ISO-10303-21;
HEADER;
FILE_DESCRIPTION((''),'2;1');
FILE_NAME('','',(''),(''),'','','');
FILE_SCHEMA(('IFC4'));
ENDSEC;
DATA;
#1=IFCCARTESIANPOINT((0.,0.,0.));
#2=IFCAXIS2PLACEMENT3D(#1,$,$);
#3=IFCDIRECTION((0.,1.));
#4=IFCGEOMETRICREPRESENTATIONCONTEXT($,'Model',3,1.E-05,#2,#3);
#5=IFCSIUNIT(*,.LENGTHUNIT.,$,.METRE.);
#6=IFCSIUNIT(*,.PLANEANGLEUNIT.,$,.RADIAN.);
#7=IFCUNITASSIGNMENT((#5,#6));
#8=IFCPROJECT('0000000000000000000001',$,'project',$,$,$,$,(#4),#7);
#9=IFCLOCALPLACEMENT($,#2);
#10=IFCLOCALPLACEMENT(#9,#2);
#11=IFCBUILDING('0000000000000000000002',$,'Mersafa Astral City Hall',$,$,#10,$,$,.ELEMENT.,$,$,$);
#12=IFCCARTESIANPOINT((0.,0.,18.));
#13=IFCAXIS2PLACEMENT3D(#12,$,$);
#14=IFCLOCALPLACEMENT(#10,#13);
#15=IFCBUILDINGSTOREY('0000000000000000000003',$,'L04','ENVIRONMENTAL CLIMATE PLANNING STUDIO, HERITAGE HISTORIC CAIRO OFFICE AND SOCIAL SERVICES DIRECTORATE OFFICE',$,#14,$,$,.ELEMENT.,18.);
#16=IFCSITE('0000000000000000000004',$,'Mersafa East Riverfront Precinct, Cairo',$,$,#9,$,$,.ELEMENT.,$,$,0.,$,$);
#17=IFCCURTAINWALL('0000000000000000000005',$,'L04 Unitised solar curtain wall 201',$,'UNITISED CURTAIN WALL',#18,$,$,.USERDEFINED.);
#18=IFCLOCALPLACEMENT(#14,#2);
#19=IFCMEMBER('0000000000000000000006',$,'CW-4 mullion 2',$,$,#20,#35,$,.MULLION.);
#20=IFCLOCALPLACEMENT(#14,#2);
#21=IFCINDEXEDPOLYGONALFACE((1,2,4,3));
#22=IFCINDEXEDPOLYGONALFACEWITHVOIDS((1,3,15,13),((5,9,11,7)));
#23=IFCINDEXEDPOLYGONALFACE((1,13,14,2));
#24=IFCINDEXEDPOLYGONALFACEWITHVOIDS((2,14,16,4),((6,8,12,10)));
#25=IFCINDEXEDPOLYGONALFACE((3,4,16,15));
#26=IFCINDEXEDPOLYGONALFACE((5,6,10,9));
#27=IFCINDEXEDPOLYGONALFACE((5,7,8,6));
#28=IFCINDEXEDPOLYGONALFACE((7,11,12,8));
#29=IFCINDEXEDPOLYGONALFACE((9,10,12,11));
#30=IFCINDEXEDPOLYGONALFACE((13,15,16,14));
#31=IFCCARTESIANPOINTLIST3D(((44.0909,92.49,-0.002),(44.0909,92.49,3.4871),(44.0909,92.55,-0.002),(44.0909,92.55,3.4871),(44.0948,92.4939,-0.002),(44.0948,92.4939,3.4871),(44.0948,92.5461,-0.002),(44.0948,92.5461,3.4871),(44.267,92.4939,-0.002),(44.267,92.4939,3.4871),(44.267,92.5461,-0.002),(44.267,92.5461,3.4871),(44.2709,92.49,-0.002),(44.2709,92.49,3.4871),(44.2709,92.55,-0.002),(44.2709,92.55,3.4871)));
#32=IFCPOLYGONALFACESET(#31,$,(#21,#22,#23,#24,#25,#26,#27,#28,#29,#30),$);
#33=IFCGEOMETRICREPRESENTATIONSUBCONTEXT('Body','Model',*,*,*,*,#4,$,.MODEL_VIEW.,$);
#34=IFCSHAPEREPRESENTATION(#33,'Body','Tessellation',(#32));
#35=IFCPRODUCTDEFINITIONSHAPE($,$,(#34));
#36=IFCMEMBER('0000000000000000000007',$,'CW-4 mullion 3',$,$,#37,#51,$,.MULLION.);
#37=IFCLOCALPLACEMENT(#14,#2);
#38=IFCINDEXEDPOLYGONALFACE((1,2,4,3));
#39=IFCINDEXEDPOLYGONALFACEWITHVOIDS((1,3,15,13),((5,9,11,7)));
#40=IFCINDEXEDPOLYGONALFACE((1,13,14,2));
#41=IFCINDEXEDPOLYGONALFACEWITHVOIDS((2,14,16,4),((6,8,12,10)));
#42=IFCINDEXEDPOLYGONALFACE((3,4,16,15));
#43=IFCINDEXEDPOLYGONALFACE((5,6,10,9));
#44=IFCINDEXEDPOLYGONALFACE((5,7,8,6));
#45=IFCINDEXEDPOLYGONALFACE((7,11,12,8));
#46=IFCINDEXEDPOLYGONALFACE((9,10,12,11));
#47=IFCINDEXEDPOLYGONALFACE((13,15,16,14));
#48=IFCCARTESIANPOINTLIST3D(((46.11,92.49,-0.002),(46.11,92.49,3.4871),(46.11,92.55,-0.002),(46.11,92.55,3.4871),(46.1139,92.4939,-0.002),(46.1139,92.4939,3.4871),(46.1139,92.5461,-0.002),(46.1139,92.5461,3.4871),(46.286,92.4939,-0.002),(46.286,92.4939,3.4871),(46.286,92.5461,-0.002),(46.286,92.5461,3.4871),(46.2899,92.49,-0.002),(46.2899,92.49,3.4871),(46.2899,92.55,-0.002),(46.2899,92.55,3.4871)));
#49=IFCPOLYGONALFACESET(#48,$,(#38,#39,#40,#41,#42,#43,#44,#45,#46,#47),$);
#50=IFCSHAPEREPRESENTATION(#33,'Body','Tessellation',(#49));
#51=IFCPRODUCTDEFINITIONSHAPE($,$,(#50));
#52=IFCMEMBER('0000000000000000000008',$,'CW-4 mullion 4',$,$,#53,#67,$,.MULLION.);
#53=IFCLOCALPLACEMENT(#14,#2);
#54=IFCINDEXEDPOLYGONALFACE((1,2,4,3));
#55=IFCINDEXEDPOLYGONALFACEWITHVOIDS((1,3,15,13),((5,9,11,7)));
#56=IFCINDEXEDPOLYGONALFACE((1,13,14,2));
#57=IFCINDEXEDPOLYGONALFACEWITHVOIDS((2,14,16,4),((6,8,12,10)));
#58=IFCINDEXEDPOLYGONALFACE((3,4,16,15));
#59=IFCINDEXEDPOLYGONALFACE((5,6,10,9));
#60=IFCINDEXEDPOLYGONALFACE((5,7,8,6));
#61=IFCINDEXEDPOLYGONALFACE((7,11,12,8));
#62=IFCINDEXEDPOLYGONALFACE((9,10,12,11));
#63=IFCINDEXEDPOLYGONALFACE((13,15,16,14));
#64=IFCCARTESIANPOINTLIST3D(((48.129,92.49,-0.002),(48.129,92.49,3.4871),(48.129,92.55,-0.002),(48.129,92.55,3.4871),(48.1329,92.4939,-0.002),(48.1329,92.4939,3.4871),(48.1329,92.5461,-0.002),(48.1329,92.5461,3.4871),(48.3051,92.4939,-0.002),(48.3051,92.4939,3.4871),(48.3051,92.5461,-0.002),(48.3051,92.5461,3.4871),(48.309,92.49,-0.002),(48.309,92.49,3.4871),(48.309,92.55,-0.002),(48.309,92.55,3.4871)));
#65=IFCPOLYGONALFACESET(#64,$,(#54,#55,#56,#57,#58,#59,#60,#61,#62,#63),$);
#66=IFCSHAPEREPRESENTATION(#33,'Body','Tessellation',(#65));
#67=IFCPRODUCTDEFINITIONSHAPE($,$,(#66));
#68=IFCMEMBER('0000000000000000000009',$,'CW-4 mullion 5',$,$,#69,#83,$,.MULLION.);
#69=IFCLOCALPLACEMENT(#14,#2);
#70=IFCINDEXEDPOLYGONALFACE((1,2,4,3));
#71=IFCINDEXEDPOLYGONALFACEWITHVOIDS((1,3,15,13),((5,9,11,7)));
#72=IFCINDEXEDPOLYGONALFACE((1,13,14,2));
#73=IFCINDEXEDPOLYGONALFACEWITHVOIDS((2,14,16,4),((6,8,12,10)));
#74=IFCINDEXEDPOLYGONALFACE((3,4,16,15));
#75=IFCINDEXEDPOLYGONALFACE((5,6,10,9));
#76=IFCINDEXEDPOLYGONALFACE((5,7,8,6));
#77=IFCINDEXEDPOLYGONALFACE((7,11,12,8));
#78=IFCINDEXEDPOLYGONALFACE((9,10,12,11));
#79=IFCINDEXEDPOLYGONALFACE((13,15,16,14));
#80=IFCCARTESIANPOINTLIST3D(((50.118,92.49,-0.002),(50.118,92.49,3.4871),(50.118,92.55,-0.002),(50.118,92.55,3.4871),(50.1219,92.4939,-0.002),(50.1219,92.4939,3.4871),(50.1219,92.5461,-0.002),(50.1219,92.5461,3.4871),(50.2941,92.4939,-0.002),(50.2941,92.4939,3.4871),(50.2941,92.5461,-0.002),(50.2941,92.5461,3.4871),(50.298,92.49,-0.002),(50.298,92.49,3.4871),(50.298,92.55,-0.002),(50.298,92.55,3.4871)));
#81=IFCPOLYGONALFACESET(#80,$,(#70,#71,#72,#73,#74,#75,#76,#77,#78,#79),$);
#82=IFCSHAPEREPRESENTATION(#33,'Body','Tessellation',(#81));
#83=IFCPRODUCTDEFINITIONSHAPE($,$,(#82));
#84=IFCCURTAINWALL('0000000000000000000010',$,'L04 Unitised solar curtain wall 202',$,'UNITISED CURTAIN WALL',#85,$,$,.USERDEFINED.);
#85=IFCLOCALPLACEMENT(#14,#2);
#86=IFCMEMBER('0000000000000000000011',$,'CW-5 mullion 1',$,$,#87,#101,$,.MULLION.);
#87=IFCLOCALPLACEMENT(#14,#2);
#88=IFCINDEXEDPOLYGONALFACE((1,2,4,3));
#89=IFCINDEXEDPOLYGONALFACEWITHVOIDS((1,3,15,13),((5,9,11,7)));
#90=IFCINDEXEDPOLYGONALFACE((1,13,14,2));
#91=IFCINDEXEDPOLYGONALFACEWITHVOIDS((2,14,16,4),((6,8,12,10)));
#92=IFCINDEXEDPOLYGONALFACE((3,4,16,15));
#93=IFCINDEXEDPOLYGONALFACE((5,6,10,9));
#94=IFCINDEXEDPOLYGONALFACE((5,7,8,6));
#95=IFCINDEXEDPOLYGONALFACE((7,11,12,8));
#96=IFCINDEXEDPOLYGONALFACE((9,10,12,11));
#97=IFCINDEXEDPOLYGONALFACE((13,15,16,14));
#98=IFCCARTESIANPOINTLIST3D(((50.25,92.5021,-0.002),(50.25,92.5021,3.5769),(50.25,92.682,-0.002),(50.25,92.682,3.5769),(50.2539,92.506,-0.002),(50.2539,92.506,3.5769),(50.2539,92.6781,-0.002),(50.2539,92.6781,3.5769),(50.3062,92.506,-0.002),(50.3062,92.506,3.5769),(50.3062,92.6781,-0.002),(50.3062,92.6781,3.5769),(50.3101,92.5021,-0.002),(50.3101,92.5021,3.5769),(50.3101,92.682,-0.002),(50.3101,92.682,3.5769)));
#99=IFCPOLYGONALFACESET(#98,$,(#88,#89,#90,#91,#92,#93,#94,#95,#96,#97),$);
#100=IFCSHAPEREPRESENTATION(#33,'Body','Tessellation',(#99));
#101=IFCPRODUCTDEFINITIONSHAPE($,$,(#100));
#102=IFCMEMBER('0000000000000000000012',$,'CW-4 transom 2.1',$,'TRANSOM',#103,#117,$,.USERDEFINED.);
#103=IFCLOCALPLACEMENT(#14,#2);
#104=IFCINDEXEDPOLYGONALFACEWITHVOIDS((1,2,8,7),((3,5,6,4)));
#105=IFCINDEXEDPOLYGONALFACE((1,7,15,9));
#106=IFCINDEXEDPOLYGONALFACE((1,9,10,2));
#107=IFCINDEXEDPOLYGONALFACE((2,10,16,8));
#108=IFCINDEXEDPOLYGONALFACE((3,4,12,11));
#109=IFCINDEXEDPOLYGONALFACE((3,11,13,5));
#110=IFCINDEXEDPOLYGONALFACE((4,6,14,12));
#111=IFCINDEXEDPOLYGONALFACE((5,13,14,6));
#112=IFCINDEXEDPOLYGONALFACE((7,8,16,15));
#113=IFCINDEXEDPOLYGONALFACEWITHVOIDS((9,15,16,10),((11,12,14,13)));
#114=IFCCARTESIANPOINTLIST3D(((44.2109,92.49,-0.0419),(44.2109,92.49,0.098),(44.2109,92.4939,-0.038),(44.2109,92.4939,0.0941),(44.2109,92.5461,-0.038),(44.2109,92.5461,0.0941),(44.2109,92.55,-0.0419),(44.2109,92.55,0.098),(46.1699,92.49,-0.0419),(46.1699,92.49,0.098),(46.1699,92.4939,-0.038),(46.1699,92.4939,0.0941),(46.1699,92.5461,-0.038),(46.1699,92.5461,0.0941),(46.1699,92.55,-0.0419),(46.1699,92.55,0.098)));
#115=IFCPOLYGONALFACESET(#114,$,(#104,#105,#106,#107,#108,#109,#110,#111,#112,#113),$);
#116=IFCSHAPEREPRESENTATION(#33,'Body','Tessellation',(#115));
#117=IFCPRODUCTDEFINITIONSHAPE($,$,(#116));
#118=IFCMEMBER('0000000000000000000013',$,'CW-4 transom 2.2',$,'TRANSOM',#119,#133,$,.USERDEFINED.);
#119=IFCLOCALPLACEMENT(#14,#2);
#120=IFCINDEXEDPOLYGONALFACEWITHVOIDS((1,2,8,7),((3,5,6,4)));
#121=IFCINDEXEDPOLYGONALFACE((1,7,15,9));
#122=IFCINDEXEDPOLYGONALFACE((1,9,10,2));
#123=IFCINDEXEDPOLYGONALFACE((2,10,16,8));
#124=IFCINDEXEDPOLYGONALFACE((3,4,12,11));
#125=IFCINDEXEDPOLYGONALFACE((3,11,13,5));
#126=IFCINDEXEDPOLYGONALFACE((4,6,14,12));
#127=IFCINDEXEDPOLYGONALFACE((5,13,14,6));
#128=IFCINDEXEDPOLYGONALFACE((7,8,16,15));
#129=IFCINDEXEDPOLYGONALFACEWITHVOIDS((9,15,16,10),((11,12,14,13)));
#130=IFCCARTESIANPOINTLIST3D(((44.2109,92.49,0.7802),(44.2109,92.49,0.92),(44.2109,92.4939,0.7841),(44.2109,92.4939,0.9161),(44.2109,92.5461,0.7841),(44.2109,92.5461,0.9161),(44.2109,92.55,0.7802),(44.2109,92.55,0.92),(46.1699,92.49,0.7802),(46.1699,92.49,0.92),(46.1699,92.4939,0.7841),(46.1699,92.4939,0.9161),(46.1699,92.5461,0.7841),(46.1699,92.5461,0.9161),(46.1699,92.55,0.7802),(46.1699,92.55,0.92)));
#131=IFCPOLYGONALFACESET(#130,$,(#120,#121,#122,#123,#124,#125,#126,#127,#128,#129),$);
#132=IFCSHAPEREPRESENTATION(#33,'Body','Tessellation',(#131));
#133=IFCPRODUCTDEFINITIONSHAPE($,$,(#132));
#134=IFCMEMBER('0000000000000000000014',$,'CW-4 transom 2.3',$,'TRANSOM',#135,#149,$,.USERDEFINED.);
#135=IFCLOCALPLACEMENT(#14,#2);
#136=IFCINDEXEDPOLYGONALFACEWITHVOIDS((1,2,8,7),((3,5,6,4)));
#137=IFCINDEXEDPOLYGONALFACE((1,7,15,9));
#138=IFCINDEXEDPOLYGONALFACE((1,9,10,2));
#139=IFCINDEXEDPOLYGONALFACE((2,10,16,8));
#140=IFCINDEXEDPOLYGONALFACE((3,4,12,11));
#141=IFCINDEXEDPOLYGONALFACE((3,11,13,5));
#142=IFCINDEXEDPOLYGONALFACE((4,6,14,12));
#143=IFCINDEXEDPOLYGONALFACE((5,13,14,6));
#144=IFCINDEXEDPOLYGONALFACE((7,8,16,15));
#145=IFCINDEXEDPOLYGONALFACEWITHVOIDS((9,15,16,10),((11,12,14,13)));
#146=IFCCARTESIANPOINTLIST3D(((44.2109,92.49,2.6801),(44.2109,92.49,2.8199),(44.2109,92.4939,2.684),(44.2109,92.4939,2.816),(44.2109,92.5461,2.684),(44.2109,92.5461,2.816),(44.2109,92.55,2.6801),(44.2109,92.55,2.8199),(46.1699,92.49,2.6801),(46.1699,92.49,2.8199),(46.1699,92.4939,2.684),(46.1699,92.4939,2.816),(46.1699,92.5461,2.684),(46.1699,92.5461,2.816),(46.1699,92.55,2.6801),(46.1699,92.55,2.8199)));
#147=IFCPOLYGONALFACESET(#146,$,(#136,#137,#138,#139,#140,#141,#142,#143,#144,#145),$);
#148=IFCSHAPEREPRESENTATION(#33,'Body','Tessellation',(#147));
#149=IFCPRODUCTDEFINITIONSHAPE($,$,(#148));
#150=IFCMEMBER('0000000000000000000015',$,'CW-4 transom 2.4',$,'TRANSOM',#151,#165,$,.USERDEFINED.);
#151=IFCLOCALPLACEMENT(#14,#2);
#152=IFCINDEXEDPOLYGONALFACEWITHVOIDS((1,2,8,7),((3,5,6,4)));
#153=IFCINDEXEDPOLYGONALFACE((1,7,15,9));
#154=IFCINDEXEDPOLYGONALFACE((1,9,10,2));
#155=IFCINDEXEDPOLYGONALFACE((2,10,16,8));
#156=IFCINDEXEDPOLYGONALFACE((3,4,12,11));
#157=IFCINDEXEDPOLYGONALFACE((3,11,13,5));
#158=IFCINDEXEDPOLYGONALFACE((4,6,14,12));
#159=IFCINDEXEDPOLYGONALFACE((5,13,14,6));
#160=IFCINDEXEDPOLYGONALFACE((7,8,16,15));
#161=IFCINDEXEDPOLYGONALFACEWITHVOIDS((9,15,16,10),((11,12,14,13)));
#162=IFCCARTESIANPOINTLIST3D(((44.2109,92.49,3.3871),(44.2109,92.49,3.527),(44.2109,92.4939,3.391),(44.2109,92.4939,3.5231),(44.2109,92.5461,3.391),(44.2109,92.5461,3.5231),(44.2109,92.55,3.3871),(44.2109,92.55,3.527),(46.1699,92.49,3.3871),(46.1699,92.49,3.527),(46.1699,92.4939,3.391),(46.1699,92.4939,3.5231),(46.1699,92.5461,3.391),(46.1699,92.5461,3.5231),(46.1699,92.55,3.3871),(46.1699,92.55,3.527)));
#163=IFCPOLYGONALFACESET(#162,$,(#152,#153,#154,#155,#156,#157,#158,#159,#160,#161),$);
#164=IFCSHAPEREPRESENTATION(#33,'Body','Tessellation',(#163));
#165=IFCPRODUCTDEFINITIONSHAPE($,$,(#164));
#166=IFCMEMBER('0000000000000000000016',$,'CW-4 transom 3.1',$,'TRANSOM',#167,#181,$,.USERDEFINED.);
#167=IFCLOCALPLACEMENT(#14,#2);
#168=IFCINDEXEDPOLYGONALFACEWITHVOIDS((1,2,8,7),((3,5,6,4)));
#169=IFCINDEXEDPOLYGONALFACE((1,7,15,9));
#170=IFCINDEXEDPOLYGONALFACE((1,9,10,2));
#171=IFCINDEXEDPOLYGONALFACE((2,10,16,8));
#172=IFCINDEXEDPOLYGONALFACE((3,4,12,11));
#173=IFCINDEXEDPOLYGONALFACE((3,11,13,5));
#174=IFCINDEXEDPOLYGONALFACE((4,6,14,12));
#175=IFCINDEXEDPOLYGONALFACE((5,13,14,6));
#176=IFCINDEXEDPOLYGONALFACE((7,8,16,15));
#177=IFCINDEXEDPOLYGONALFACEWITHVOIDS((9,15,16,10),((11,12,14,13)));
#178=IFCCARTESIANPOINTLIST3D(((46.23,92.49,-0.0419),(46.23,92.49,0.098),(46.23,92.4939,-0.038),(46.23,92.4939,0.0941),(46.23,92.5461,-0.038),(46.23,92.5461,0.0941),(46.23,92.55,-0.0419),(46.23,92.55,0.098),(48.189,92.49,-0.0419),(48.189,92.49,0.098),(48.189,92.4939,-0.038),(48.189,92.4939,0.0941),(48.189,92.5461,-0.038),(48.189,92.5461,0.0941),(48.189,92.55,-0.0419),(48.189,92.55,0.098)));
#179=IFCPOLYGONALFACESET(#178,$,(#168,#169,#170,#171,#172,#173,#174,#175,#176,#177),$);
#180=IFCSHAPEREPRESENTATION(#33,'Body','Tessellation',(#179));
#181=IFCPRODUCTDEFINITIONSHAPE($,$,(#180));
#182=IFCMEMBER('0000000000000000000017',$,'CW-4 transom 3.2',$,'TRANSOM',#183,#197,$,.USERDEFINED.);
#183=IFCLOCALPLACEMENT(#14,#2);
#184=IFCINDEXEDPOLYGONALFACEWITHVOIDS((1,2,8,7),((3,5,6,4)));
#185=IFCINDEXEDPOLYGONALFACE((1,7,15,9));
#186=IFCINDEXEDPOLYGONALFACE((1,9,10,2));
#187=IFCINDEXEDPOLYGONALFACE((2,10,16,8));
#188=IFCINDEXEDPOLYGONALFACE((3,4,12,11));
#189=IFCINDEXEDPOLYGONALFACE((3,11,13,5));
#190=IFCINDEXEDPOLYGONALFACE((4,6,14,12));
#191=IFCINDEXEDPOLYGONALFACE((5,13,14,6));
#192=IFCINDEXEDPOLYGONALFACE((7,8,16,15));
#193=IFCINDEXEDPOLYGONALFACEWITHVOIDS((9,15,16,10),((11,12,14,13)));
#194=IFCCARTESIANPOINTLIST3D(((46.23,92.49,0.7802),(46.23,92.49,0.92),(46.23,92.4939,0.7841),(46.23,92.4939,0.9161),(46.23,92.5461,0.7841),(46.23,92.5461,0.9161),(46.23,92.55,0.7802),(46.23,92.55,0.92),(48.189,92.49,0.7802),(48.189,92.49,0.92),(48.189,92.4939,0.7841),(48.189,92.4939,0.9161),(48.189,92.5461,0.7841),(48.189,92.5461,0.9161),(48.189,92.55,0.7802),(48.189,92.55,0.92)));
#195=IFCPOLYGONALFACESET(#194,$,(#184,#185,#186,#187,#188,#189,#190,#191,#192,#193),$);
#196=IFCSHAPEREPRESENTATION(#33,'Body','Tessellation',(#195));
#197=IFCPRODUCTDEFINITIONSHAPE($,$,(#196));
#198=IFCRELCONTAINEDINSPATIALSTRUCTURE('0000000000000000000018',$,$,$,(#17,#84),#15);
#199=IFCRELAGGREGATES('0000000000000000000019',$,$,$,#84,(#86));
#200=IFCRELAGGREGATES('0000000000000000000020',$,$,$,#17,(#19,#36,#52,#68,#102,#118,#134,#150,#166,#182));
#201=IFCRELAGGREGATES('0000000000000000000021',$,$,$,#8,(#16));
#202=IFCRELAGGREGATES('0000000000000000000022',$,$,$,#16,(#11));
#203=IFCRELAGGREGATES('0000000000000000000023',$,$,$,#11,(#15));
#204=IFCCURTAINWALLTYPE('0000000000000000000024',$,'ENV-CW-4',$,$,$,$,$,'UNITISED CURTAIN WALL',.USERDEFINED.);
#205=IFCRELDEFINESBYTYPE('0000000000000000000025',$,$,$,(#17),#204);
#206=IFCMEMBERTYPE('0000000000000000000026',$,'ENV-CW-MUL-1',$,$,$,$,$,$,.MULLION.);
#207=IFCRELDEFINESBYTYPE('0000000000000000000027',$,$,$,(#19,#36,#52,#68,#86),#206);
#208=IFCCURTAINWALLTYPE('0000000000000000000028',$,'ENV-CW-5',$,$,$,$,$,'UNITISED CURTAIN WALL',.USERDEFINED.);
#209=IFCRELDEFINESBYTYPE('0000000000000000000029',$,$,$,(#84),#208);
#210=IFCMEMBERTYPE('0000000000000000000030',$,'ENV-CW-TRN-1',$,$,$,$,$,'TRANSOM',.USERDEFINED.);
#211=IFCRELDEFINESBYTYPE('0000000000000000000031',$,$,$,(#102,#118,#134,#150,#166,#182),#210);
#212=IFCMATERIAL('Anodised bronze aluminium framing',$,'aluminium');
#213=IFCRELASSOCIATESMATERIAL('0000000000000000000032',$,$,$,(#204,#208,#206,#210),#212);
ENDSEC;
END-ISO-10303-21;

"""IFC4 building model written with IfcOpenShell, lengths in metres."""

from ifc_helpers import new_model, si_unit, direction, frame, origin, origin_2d, place, context, subcontext, project, spatial, hollow_rectangle, extrude, material, material_profile, profile_set, type_object, element, aggregate, save


model = new_model("IFC4")

# Units and contexts
model_context = context("Model", 3, precision=1e-05, world=origin(), true_north=direction((0.0, 1.0)))
body_context = subcontext(model_context, "Body", "Model", "MODEL_VIEW")
ifc_project = project(units=[si_unit("LENGTHUNIT", "METRE"), si_unit("PLANEANGLEUNIT", "RADIAN")], contexts=[model_context])

# Site, building, storey
site_placement = place(None, origin())
site = spatial("IfcSite", under=ifc_project, at=site_placement, Name="Mersafa East Riverfront Precinct, Cairo", CompositionType="ELEMENT", RefElevation=0.0)
building_placement = place(site_placement, origin())
building = spatial("IfcBuilding", under=site, at=building_placement, Name="Mersafa Astral City Hall", CompositionType="ELEMENT")
storey_placement = place(building_placement, frame((0.0, 0.0, 18.0)))
storey = spatial("IfcBuildingStorey", under=building, at=storey_placement, Name="L04", Description="ENVIRONMENTAL CLIMATE PLANNING STUDIO, HERITAGE HISTORIC CAIRO OFFICE AND SOCIAL SERVICES DIRECTORATE OFFICE", CompositionType="ELEMENT", Elevation=18.0)

# Curtain wall, members
ifc_material_1 = material(Name="Anodised bronze aluminium framing", Category="aluminium")
curtain_wall_type_1 = type_object("IfcCurtainWallType", Name="ENV-CW-4", ElementType="UNITISED CURTAIN WALL", PredefinedType="USERDEFINED", material=ifc_material_1)
curtain_wall_1_placement = place(storey_placement, origin())
curtain_wall_1 = element("IfcCurtainWall", 1, at=curtain_wall_1_placement, inside=storey, type_object=curtain_wall_type_1, Name="L04 Unitised solar curtain wall 201", ObjectType="UNITISED CURTAIN WALL", PredefinedType="USERDEFINED")
ifc_material_profile_1 = material_profile(ifc_material_1, hollow_rectangle(XDim=0.0601, YDim=0.1799, WallThickness=0.0039, at=origin_2d()), Name="RHS 60x180x4")
ifc_profile_set_1 = profile_set([ifc_material_profile_1], Name="Anodised bronze aluminium framing")
member_type_1 = type_object("IfcMemberType", Name="ENV-CW-MUL-1", PredefinedType="MULLION", material=ifc_profile_set_1)
member_1_placement = place(storey_placement, frame((44.1809, 92.52, -0.002), z_axis=(0.0, 0.0, 1.0), x_axis=(0.0, 1.0, 0.0)))
member_1 = element("IfcMember", 2, at=member_1_placement, type_object=member_type_1, Name="CW-4 mullion 2", PredefinedType="MULLION", context=body_context, shape_type="SweptSolid", body=[
    extrude(hollow_rectangle(XDim=0.0601, YDim=0.1799, WallThickness=0.0039, at=origin_2d()), origin(), (0.0, 0.0, 1.0), 3.489),
])
member_2_placement = place(storey_placement, frame((46.2, 92.52, -0.002), z_axis=(0.0, 0.0, 1.0), x_axis=(0.0, 1.0, 0.0)))
member_2 = element("IfcMember", 3, at=member_2_placement, type_object=member_type_1, Name="CW-4 mullion 3", PredefinedType="MULLION", context=body_context, shape_type="SweptSolid", body=[
    extrude(hollow_rectangle(XDim=0.0601, YDim=0.1799, WallThickness=0.0039, at=origin_2d()), origin(), (0.0, 0.0, 1.0), 3.489),
])
member_3_placement = place(storey_placement, frame((48.219, 92.52, -0.002), z_axis=(0.0, 0.0, 1.0), x_axis=(0.0, 1.0, 0.0)))
member_3 = element("IfcMember", 4, at=member_3_placement, type_object=member_type_1, Name="CW-4 mullion 4", PredefinedType="MULLION", context=body_context, shape_type="SweptSolid", body=[
    extrude(hollow_rectangle(XDim=0.0601, YDim=0.1799, WallThickness=0.0039, at=origin_2d()), origin(), (0.0, 0.0, 1.0), 3.489),
])
member_4_placement = place(storey_placement, frame((50.208, 92.52, -0.002), z_axis=(0.0, 0.0, 1.0), x_axis=(0.0, 1.0, 0.0)))
member_4 = element("IfcMember", 5, at=member_4_placement, type_object=member_type_1, Name="CW-4 mullion 5", PredefinedType="MULLION", context=body_context, shape_type="SweptSolid", body=[
    extrude(hollow_rectangle(XDim=0.0601, YDim=0.1799, WallThickness=0.0039, at=origin_2d()), origin(), (0.0, 0.0, 1.0), 3.489),
])

# Curtain wall, member
curtain_wall_type_2 = type_object("IfcCurtainWallType", Name="ENV-CW-5", ElementType="UNITISED CURTAIN WALL", PredefinedType="USERDEFINED", material=ifc_material_1)
curtain_wall_2_placement = place(storey_placement, origin())
curtain_wall_2 = element("IfcCurtainWall", 6, at=curtain_wall_2_placement, inside=storey, type_object=curtain_wall_type_2, Name="L04 Unitised solar curtain wall 202", ObjectType="UNITISED CURTAIN WALL", PredefinedType="USERDEFINED")
member_5_placement = place(storey_placement, frame((50.28, 92.592, -0.002), z_axis=(0.0, 0.0, 1.0), x_axis=(-1.0, 0.0, 0.0)))
member_5 = element("IfcMember", 7, at=member_5_placement, type_object=member_type_1, Name="CW-5 mullion 1", PredefinedType="MULLION", context=body_context, shape_type="SweptSolid", body=[
    extrude(hollow_rectangle(XDim=0.0601, YDim=0.1799, WallThickness=0.0039, at=origin_2d()), origin(), (0.0, 0.0, 1.0), 3.5789),
])
aggregate(curtain_wall_2, [member_5])

# Members
ifc_material_profile_2 = material_profile(ifc_material_1, hollow_rectangle(XDim=0.0601, YDim=0.1399, WallThickness=0.0039, at=origin_2d()), Name="RHS 60x140x4")
ifc_profile_set_2 = profile_set([ifc_material_profile_2], Name="Anodised bronze aluminium framing")
member_type_2 = type_object("IfcMemberType", Name="ENV-CW-TRN-1", ElementType="TRANSOM", PredefinedType="USERDEFINED", material=ifc_profile_set_2)
member_6_placement = place(storey_placement, frame((44.2109, 92.52, 0.0281), z_axis=(1.0, 0.0, 0.0), x_axis=(0.0, 1.0, 0.0)))
member_6 = element("IfcMember", 8, at=member_6_placement, type_object=member_type_2, Name="CW-4 transom 2.1", ObjectType="TRANSOM", PredefinedType="USERDEFINED", context=body_context, shape_type="SweptSolid", body=[
    extrude(hollow_rectangle(XDim=0.0601, YDim=0.1399, WallThickness=0.0039, at=origin_2d()), origin(), (0.0, 0.0, 1.0), 1.959),
])
member_7_placement = place(storey_placement, frame((44.2109, 92.52, 0.8501), z_axis=(1.0, 0.0, 0.0), x_axis=(0.0, 1.0, 0.0)))
member_7 = element("IfcMember", 9, at=member_7_placement, type_object=member_type_2, Name="CW-4 transom 2.2", ObjectType="TRANSOM", PredefinedType="USERDEFINED", context=body_context, shape_type="SweptSolid", body=[
    extrude(hollow_rectangle(XDim=0.0601, YDim=0.1399, WallThickness=0.0039, at=origin_2d()), origin(), (0.0, 0.0, 1.0), 1.959),
])
member_8_placement = place(storey_placement, frame((44.2109, 92.52, 2.75), z_axis=(1.0, 0.0, 0.0), x_axis=(0.0, 1.0, 0.0)))
member_8 = element("IfcMember", 10, at=member_8_placement, type_object=member_type_2, Name="CW-4 transom 2.3", ObjectType="TRANSOM", PredefinedType="USERDEFINED", context=body_context, shape_type="SweptSolid", body=[
    extrude(hollow_rectangle(XDim=0.0601, YDim=0.1399, WallThickness=0.0039, at=origin_2d()), origin(), (0.0, 0.0, 1.0), 1.959),
])
member_9_placement = place(storey_placement, frame((44.2109, 92.52, 3.457), z_axis=(1.0, 0.0, 0.0), x_axis=(0.0, 1.0, 0.0)))
member_9 = element("IfcMember", 11, at=member_9_placement, type_object=member_type_2, Name="CW-4 transom 2.4", ObjectType="TRANSOM", PredefinedType="USERDEFINED", context=body_context, shape_type="SweptSolid", body=[
    extrude(hollow_rectangle(XDim=0.0601, YDim=0.1399, WallThickness=0.0039, at=origin_2d()), origin(), (0.0, 0.0, 1.0), 1.959),
])
member_10_placement = place(storey_placement, frame((46.23, 92.52, 0.0281), z_axis=(1.0, 0.0, 0.0), x_axis=(0.0, 1.0, 0.0)))
member_10 = element("IfcMember", 12, at=member_10_placement, type_object=member_type_2, Name="CW-4 transom 3.1", ObjectType="TRANSOM", PredefinedType="USERDEFINED", context=body_context, shape_type="SweptSolid", body=[
    extrude(hollow_rectangle(XDim=0.0601, YDim=0.1399, WallThickness=0.0039, at=origin_2d()), origin(), (0.0, 0.0, 1.0), 1.959),
])
member_11_placement = place(storey_placement, frame((46.23, 92.52, 0.8501), z_axis=(1.0, 0.0, 0.0), x_axis=(0.0, 1.0, 0.0)))
member_11 = element("IfcMember", 13, at=member_11_placement, type_object=member_type_2, Name="CW-4 transom 3.2", ObjectType="TRANSOM", PredefinedType="USERDEFINED", context=body_context, shape_type="SweptSolid", body=[
    extrude(hollow_rectangle(XDim=0.0601, YDim=0.1399, WallThickness=0.0039, at=origin_2d()), origin(), (0.0, 0.0, 1.0), 1.959),
])

aggregate(curtain_wall_1, [member_1, member_2, member_3, member_4, member_6, member_7, member_8, member_9, member_10, member_11])

save(model, "model.ifc")
